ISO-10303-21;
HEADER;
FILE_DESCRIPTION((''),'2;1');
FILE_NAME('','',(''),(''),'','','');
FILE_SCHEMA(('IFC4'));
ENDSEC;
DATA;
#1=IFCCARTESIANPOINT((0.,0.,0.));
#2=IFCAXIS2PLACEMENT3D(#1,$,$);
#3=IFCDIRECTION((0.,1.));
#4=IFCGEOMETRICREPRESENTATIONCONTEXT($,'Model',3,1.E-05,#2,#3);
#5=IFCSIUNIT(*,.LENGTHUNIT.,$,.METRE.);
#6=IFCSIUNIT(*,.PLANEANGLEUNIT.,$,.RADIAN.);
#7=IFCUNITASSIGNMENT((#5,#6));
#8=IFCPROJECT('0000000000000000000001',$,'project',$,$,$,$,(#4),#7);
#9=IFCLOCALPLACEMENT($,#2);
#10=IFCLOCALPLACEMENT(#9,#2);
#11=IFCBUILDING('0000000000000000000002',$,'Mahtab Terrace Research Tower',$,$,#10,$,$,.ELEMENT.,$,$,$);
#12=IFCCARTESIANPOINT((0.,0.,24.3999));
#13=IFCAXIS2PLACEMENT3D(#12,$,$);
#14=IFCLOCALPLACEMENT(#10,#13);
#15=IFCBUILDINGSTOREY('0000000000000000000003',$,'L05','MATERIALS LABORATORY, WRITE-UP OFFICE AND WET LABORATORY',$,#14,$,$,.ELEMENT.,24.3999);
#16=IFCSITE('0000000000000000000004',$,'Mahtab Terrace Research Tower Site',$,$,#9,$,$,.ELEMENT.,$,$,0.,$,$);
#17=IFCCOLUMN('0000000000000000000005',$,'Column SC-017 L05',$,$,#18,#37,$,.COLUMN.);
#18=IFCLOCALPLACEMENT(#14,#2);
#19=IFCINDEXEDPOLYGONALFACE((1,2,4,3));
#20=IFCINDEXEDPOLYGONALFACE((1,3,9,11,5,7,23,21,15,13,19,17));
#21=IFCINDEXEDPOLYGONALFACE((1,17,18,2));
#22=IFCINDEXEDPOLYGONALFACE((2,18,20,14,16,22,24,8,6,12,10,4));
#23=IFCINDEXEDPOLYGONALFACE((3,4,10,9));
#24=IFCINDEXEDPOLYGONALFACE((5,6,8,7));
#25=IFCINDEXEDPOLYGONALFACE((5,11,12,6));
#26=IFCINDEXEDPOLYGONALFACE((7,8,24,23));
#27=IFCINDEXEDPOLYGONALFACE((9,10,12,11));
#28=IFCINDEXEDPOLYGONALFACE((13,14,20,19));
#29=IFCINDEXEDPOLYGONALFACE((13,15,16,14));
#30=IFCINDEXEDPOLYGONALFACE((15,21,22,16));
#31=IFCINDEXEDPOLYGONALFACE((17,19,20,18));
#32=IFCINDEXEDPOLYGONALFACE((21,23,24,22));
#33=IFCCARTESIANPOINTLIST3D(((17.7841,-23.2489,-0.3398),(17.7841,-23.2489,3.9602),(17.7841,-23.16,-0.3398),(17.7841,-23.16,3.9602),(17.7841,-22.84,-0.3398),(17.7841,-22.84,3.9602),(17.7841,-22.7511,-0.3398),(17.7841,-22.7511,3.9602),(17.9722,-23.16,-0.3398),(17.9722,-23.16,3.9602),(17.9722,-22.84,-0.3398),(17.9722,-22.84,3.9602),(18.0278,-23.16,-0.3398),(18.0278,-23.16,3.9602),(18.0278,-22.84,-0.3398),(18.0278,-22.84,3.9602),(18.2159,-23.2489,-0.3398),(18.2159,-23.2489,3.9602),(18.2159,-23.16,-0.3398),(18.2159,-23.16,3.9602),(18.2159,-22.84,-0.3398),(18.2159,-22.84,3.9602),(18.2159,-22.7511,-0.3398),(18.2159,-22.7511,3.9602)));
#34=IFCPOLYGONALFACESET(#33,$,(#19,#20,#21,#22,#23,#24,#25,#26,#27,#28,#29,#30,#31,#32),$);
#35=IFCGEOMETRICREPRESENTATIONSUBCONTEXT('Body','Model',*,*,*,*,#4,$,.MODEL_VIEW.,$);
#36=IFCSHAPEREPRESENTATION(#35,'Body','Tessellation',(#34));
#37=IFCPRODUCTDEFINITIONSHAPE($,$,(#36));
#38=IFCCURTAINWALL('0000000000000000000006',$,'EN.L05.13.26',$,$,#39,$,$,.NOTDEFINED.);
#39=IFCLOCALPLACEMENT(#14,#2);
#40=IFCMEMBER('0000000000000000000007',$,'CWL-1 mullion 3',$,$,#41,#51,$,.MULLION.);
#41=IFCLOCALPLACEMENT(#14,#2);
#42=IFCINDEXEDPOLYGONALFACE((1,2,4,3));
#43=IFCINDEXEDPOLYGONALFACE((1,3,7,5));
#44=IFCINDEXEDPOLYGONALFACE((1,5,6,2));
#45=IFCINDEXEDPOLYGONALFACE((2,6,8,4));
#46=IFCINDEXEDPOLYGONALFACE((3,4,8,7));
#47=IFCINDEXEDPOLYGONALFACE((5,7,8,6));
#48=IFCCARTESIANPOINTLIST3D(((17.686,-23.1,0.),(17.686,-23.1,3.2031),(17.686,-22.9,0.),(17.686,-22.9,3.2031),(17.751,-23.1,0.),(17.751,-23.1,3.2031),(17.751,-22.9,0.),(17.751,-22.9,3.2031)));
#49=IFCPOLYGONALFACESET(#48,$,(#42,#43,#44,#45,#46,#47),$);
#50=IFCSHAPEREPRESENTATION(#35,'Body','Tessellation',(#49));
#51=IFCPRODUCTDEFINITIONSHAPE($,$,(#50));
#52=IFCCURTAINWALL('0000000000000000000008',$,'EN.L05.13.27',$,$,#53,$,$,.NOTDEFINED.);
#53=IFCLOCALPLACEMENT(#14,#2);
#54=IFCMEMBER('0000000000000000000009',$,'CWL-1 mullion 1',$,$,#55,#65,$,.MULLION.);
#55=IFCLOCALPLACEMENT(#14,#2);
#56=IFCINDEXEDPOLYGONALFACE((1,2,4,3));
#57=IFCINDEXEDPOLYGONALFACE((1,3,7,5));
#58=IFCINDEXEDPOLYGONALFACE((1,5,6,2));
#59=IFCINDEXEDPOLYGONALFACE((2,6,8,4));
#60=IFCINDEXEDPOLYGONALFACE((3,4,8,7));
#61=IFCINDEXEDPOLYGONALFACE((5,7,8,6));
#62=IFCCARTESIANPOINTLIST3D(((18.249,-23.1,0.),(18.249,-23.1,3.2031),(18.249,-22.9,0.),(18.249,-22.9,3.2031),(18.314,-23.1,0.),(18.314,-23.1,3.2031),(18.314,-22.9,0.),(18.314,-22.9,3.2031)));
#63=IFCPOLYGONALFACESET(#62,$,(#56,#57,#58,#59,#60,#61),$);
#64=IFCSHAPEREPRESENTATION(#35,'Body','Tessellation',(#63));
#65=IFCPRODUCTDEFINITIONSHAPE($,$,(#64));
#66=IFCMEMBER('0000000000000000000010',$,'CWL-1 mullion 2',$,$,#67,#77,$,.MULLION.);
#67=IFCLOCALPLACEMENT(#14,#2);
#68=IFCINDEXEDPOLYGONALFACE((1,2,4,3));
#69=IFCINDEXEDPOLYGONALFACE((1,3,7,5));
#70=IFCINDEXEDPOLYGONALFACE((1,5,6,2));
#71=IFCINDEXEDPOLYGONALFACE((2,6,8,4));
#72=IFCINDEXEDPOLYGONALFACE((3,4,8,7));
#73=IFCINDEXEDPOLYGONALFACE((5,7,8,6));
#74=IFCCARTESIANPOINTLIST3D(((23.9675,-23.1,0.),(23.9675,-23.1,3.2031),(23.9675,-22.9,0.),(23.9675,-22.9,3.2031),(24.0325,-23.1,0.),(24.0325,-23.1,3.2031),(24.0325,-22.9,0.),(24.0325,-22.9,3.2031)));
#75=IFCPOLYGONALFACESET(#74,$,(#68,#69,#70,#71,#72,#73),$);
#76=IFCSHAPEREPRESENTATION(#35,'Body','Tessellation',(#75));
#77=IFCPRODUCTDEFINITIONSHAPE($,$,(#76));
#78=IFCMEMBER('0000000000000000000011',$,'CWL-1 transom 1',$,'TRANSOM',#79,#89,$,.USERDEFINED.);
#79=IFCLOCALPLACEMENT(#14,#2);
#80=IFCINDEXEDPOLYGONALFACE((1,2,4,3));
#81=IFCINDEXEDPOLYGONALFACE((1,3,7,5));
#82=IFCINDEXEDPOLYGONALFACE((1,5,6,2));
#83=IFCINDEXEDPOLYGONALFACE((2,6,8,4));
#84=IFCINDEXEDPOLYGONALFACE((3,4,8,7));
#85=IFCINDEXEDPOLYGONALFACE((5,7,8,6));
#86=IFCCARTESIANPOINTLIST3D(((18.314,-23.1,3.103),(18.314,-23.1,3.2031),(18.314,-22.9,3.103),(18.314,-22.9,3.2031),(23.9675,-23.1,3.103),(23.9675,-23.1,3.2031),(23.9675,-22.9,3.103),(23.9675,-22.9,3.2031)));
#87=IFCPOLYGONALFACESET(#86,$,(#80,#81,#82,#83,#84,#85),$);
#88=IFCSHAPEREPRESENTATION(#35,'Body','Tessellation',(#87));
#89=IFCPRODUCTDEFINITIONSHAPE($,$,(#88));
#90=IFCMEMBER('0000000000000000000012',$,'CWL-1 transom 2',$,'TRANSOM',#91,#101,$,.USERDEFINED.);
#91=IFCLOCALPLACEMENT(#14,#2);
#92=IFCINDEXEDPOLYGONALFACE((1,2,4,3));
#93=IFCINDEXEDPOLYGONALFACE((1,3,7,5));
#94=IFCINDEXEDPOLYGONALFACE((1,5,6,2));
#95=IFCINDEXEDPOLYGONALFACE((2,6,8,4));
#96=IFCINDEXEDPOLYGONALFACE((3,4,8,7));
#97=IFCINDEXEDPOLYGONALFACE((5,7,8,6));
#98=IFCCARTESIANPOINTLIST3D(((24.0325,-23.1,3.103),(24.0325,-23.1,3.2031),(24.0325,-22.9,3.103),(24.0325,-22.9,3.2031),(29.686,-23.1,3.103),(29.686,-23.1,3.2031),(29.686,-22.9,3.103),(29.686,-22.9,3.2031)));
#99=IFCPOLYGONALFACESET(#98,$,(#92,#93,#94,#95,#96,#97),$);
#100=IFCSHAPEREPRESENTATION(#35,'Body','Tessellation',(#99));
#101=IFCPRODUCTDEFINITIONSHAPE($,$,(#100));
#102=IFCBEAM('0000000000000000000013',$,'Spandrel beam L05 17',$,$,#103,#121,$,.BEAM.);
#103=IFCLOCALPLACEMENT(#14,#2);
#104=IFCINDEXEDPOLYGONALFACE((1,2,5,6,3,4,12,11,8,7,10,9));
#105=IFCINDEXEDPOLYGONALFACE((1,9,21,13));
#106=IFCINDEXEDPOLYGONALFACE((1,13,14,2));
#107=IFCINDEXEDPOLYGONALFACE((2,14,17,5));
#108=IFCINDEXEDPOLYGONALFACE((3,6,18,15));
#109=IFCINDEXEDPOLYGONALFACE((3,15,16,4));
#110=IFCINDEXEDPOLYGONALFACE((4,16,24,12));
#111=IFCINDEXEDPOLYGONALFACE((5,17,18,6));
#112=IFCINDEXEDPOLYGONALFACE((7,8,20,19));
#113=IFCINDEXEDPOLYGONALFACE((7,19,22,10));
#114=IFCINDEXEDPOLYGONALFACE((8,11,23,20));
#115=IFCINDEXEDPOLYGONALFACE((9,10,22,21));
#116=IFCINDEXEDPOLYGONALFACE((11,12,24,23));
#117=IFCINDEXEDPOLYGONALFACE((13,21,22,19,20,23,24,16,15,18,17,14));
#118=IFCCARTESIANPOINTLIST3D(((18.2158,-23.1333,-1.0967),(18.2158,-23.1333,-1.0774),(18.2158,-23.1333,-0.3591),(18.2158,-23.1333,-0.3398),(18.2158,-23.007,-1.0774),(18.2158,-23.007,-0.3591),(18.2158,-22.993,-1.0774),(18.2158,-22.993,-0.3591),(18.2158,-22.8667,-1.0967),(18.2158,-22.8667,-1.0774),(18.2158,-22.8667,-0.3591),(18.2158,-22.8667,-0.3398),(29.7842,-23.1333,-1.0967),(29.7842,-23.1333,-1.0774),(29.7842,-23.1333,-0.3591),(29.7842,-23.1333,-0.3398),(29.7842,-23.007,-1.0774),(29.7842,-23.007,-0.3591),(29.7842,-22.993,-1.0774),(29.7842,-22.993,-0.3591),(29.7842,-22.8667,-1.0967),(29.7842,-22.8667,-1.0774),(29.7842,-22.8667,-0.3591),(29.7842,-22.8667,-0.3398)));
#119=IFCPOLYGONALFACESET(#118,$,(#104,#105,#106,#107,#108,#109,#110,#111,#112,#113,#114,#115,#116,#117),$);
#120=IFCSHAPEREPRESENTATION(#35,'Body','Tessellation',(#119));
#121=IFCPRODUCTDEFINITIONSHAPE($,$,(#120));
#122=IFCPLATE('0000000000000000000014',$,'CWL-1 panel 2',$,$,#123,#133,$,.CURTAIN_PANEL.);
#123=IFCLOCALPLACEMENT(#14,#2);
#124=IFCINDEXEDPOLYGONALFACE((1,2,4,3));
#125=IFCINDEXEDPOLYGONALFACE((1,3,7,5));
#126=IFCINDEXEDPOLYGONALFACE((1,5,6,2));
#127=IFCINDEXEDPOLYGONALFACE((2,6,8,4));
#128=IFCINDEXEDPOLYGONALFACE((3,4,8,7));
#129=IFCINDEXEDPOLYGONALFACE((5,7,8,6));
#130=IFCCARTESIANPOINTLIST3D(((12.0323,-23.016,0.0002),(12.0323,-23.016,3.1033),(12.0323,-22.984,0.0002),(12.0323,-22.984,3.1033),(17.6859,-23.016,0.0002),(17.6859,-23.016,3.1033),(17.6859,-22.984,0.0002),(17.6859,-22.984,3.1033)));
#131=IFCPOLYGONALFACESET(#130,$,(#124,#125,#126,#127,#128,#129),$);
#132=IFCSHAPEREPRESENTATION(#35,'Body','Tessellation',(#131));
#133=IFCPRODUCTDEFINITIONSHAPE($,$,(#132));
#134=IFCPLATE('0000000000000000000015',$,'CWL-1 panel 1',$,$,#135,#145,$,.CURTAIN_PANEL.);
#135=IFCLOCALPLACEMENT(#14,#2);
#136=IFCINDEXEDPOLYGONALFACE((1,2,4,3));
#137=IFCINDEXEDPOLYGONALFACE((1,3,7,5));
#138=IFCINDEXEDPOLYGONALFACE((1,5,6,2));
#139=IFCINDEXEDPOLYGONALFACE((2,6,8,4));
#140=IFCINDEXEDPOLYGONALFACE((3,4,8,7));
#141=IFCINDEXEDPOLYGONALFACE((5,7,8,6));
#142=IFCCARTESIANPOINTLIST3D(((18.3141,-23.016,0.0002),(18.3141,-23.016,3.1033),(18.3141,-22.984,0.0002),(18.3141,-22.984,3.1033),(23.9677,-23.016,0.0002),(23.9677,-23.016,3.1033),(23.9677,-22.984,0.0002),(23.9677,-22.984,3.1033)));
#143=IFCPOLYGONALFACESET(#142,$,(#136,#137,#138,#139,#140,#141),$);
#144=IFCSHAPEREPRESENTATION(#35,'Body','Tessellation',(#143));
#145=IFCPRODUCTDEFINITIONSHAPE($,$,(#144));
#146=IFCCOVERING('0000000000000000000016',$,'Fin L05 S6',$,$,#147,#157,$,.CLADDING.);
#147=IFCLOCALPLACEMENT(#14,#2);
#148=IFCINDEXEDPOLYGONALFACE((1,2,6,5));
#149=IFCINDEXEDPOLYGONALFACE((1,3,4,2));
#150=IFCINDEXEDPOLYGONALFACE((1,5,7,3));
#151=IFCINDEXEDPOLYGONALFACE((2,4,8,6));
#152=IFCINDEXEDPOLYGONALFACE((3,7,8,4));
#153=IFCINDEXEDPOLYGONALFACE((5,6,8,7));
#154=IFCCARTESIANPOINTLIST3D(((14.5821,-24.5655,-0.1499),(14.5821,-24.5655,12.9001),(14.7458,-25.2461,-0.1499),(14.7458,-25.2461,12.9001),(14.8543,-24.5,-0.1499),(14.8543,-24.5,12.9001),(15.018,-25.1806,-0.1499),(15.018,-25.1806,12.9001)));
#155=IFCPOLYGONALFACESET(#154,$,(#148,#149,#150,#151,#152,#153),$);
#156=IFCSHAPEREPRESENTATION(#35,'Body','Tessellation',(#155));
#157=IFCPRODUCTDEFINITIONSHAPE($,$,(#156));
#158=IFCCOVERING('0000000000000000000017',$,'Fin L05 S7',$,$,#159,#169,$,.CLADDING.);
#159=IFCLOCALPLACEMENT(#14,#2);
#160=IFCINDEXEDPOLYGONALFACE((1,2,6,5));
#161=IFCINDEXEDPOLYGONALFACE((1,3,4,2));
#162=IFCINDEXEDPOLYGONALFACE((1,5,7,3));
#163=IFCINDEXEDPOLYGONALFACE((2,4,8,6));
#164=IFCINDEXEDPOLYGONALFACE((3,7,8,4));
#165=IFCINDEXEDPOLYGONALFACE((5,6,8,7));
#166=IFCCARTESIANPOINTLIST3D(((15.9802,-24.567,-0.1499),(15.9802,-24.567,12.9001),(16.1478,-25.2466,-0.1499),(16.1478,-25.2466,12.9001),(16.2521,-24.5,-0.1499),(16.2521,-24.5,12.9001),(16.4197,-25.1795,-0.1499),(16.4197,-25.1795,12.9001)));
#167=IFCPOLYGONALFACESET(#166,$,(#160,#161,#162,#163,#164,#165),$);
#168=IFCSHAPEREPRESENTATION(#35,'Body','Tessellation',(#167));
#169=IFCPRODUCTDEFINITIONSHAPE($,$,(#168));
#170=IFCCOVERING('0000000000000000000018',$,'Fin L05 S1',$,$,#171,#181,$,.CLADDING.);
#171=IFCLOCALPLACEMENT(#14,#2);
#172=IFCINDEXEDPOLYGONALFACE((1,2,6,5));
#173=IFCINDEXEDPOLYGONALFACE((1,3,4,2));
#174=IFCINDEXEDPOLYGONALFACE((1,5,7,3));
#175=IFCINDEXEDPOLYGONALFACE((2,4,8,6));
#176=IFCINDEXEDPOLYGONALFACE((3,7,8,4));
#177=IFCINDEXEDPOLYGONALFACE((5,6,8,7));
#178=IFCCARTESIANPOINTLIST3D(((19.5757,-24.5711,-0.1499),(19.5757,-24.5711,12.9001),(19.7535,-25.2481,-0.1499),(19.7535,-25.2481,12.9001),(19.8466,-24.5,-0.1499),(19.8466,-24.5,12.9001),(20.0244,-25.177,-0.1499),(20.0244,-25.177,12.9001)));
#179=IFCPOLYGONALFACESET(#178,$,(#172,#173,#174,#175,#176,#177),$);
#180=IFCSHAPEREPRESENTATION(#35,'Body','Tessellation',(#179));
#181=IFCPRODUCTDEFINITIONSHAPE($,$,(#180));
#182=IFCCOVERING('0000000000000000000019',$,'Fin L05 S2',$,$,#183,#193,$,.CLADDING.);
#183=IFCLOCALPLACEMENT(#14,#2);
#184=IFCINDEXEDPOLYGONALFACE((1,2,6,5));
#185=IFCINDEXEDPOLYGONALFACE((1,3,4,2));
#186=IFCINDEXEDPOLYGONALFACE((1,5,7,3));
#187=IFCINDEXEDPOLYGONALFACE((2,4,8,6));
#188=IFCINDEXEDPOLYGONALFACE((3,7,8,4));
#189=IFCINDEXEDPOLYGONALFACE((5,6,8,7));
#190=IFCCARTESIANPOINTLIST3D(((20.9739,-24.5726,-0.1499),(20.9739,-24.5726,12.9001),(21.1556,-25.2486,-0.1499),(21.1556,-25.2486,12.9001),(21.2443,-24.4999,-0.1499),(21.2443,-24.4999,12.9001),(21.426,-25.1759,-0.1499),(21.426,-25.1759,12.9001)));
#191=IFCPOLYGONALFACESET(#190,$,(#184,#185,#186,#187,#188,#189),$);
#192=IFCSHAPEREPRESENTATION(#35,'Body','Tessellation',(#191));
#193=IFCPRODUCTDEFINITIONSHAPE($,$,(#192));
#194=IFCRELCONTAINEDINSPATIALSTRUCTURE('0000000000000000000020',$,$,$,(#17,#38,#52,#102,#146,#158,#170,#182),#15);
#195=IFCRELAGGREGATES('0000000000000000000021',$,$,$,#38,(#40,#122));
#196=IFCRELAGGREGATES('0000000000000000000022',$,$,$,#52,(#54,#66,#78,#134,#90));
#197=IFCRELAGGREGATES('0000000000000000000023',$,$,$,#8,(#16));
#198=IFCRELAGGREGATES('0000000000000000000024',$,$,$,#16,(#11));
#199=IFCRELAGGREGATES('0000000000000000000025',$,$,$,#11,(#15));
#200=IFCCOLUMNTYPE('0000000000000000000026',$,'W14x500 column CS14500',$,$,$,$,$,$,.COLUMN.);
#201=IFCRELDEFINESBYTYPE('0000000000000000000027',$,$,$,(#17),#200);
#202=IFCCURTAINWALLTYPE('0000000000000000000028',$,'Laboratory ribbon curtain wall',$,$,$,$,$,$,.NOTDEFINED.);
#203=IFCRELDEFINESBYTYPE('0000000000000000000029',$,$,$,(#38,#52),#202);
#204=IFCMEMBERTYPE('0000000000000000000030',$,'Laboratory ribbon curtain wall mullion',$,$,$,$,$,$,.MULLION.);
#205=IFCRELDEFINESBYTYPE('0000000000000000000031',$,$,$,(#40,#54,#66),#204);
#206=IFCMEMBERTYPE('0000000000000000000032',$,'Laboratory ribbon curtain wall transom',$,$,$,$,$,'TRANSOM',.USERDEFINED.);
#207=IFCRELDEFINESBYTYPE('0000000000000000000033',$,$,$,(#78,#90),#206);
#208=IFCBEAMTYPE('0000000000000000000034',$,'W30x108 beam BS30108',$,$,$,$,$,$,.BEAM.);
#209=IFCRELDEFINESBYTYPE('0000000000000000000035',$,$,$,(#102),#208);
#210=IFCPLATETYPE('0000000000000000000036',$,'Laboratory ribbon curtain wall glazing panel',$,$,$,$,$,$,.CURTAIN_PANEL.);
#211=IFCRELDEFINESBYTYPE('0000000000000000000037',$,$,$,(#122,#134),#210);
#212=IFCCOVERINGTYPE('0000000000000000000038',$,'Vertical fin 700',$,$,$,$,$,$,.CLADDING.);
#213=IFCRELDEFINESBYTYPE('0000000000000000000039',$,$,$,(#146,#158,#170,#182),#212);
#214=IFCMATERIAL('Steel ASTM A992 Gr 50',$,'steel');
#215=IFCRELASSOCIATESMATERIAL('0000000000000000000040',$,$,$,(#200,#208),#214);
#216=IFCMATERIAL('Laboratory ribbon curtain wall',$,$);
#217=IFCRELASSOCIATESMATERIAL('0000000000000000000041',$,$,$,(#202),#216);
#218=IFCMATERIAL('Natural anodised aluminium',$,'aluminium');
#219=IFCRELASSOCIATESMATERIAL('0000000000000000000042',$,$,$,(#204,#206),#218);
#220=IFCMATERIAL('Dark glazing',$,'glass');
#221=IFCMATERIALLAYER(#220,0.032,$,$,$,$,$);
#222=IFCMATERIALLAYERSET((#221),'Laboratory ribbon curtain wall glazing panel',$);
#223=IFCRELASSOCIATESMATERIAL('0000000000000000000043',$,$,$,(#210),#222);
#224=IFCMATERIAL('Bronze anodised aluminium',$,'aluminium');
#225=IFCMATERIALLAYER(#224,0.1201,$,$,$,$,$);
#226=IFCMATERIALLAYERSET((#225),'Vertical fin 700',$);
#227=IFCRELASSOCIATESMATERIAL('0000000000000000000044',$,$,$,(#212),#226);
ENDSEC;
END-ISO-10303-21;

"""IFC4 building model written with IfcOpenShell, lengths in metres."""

from ifc_helpers import new_model, si_unit, direction, frame, origin, origin_2d, place, context, subcontext, project, spatial, rectangle, i_section, extrude, material, layer, layer_set, material_profile, profile_set, type_object, element, aggregate, save


model = new_model("IFC4")

# Units and contexts
model_context = context("Model", 3, precision=1e-05, world=origin(), true_north=direction((0.0, 1.0)))
body_context = subcontext(model_context, "Body", "Model", "MODEL_VIEW")
ifc_project = project(units=[si_unit("LENGTHUNIT", "METRE"), si_unit("PLANEANGLEUNIT", "RADIAN")], contexts=[model_context])

# Site, building, storey
site_placement = place(None, origin())
site = spatial("IfcSite", under=ifc_project, at=site_placement, Name="Mahtab Terrace Research Tower Site", CompositionType="ELEMENT", RefElevation=0.0)
building_placement = place(site_placement, origin())
building = spatial("IfcBuilding", under=site, at=building_placement, Name="Mahtab Terrace Research Tower", CompositionType="ELEMENT")
storey_placement = place(building_placement, frame((0.0, 0.0, 24.3999)))
storey = spatial("IfcBuildingStorey", under=building, at=storey_placement, Name="L05", Description="MATERIALS LABORATORY, WRITE-UP OFFICE AND WET LABORATORY", CompositionType="ELEMENT", Elevation=24.3999)

# Column
ifc_material_1 = material(Name="Steel ASTM A992 Gr 50", Category="steel")
ifc_material_profile_1 = material_profile(ifc_material_1, i_section(OverallWidth=0.4319, OverallDepth=0.4978, WebThickness=0.0557, FlangeThickness=0.0889, at=origin_2d()), Name="W14X500")
ifc_profile_set_1 = profile_set([ifc_material_profile_1], Name="Steel ASTM A992 Gr 50")
column_type = type_object("IfcColumnType", Name="W14x500 column CS14500", PredefinedType="COLUMN", material=ifc_profile_set_1)
column_placement = place(storey_placement, frame((18.0, -23.0, -0.3398), z_axis=(0.0, 0.0, 1.0), x_axis=(1.0, 0.0, 0.0)))
element("IfcColumn", 1, at=column_placement, inside=storey, type_object=column_type, Name="Column SC-017 L05", PredefinedType="COLUMN", context=body_context, shape_type="SweptSolid", body=[
    extrude(i_section(OverallWidth=0.4319, OverallDepth=0.4978, WebThickness=0.0557, FlangeThickness=0.0889, at=origin_2d()), origin(), (0.0, 0.0, 1.0), 4.3),
])

# Curtain wall, member
ifc_material_2 = material(Name="Laboratory ribbon curtain wall")
curtain_wall_type = type_object("IfcCurtainWallType", Name="Laboratory ribbon curtain wall", PredefinedType="NOTDEFINED", material=ifc_material_2)
curtain_wall_1_placement = place(storey_placement, origin())
curtain_wall_1 = element("IfcCurtainWall", 2, at=curtain_wall_1_placement, inside=storey, type_object=curtain_wall_type, Name="EN.L05.13.26", PredefinedType="NOTDEFINED")
ifc_material_3 = material(Name="Natural anodised aluminium", Category="aluminium")
ifc_material_profile_2 = material_profile(ifc_material_3, rectangle(XDim=0.2, YDim=0.0649, at=origin_2d()), Name="MULLION 65x200")
ifc_profile_set_2 = profile_set([ifc_material_profile_2], Name="Natural anodised aluminium")
member_type_1 = type_object("IfcMemberType", Name="Laboratory ribbon curtain wall mullion", PredefinedType="MULLION", material=ifc_profile_set_2)
member_1_placement = place(storey_placement, frame((17.7185, -23.0, 0.0), z_axis=(0.0, 0.0, 1.0), x_axis=(0.0, 1.0, 0.0)))
member_1 = element("IfcMember", 3, at=member_1_placement, type_object=member_type_1, Name="CWL-1 mullion 3", PredefinedType="MULLION", context=body_context, shape_type="SweptSolid", body=[
    extrude(rectangle(XDim=0.2, YDim=0.0649, at=origin_2d()), origin(), (0.0, 0.0, 1.0), 3.2031),
])

# Curtain wall, members
curtain_wall_2_placement = place(storey_placement, origin())
curtain_wall_2 = element("IfcCurtainWall", 4, at=curtain_wall_2_placement, inside=storey, type_object=curtain_wall_type, Name="EN.L05.13.27", PredefinedType="NOTDEFINED")
member_2_placement = place(storey_placement, frame((18.2815, -23.0, 0.0), z_axis=(0.0, 0.0, 1.0), x_axis=(0.0, 1.0, 0.0)))
member_2 = element("IfcMember", 5, at=member_2_placement, type_object=member_type_1, Name="CWL-1 mullion 1", PredefinedType="MULLION", context=body_context, shape_type="SweptSolid", body=[
    extrude(rectangle(XDim=0.2, YDim=0.0649, at=origin_2d()), origin(), (0.0, 0.0, 1.0), 3.2031),
])
member_3_placement = place(storey_placement, frame((24.0, -23.0, 0.0), z_axis=(0.0, 0.0, 1.0), x_axis=(0.0, 1.0, 0.0)))
member_3 = element("IfcMember", 6, at=member_3_placement, type_object=member_type_1, Name="CWL-1 mullion 2", PredefinedType="MULLION", context=body_context, shape_type="SweptSolid", body=[
    extrude(rectangle(XDim=0.2, YDim=0.0649, at=origin_2d()), origin(), (0.0, 0.0, 1.0), 3.2031),
])
ifc_material_profile_3 = material_profile(ifc_material_3, rectangle(XDim=0.2, YDim=0.1001, at=origin_2d()), Name="TRANSOM 100x200")
ifc_profile_set_3 = profile_set([ifc_material_profile_3], Name="Natural anodised aluminium")
member_type_2 = type_object("IfcMemberType", Name="Laboratory ribbon curtain wall transom", ElementType="TRANSOM", PredefinedType="USERDEFINED", material=ifc_profile_set_3)
member_4_placement = place(storey_placement, frame((18.314, -23.0, 3.1531), z_axis=(1.0, 0.0, 0.0), x_axis=(0.0, 1.0, 0.0)))
member_4 = element("IfcMember", 7, at=member_4_placement, type_object=member_type_2, Name="CWL-1 transom 1", ObjectType="TRANSOM", PredefinedType="USERDEFINED", context=body_context, shape_type="SweptSolid", body=[
    extrude(rectangle(XDim=0.2, YDim=0.1001, at=origin_2d()), origin(), (0.0, 0.0, 1.0), 5.6536),
])
member_5_placement = place(storey_placement, frame((24.0325, -23.0, 3.1531), z_axis=(1.0, 0.0, 0.0), x_axis=(0.0, 1.0, 0.0)))
member_5 = element("IfcMember", 8, at=member_5_placement, type_object=member_type_2, Name="CWL-1 transom 2", ObjectType="TRANSOM", PredefinedType="USERDEFINED", context=body_context, shape_type="SweptSolid", body=[
    extrude(rectangle(XDim=0.2, YDim=0.1001, at=origin_2d()), origin(), (0.0, 0.0, 1.0), 5.6536),
])

# Beam
ifc_material_profile_4 = material_profile(ifc_material_1, i_section(OverallWidth=0.2666, OverallDepth=0.7568, WebThickness=0.0139, FlangeThickness=0.0193, at=origin_2d()), Name="W30X108")
ifc_profile_set_4 = profile_set([ifc_material_profile_4], Name="Steel ASTM A992 Gr 50")
beam_type = type_object("IfcBeamType", Name="W30x108 beam BS30108", PredefinedType="BEAM", material=ifc_profile_set_4)
beam_placement = place(storey_placement, frame((18.2158, -23.0, -0.7183), z_axis=(1.0, 0.0, 0.0), x_axis=(0.0, 1.0, 0.0)))
element("IfcBeam", 9, at=beam_placement, inside=storey, type_object=beam_type, Name="Spandrel beam L05 17", PredefinedType="BEAM", context=body_context, shape_type="SweptSolid", body=[
    extrude(i_section(OverallWidth=0.2666, OverallDepth=0.7568, WebThickness=0.0139, FlangeThickness=0.0193, at=origin_2d()), origin(), (0.0, 0.0, 1.0), 11.5684),
])

# Plates
ifc_material_4 = material(Name="Dark glazing", Category="glass")
ifc_layer_1 = layer(ifc_material_4, 0.032)
ifc_layer_set_1 = layer_set([ifc_layer_1], Name="Laboratory ribbon curtain wall glazing panel")
plate_type = type_object("IfcPlateType", Name="Laboratory ribbon curtain wall glazing panel", PredefinedType="CURTAIN_PANEL", material=ifc_layer_set_1)
plate_1_placement = place(storey_placement, frame((14.8591, -23.0, 0.0002), z_axis=(0.0, 0.0, 1.0), x_axis=(1.0, 0.0, 0.0)))
plate_1 = element("IfcPlate", 10, at=plate_1_placement, type_object=plate_type, Name="CWL-1 panel 2", PredefinedType="CURTAIN_PANEL", context=body_context, shape_type="SweptSolid", body=[
    extrude(rectangle(XDim=5.6536, YDim=0.032, at=origin_2d()), origin(), (0.0, 0.0, 1.0), 3.103),
])
aggregate(curtain_wall_1, [member_1, plate_1])
plate_2_placement = place(storey_placement, frame((21.1409, -23.0, 0.0002), z_axis=(0.0, 0.0, 1.0), x_axis=(1.0, 0.0, 0.0)))
plate_2 = element("IfcPlate", 11, at=plate_2_placement, type_object=plate_type, Name="CWL-1 panel 1", PredefinedType="CURTAIN_PANEL", context=body_context, shape_type="SweptSolid", body=[
    extrude(rectangle(XDim=5.6536, YDim=0.032, at=origin_2d()), origin(), (0.0, 0.0, 1.0), 3.103),
])
aggregate(curtain_wall_2, [member_2, member_3, member_4, plate_2, member_5])

# Coverings
ifc_material_5 = material(Name="Bronze anodised aluminium", Category="aluminium")
ifc_layer_2 = layer(ifc_material_5, 0.1201)
ifc_layer_set_2 = layer_set([ifc_layer_2], Name="Vertical fin 700")
covering_type = type_object("IfcCoveringType", Name="Vertical fin 700", PredefinedType="CLADDING", material=ifc_layer_set_2)
for number, where, z_axis, x_axis, name in (
    (12, (14.8, -24.873, -0.1499), (0.0, 0.0, 1.0), (0.972273, 0.233849, 0.0), "Fin L05 S6"),
    (13, (16.2, -24.8733, -0.1499), (0.0, 0.0, 1.0), (0.970896, 0.239502, 0.0), "Fin L05 S7"),
    (14, (19.8, -24.874, -0.1499), (0.0, 0.0, 1.0), (0.967204, 0.253999, 0.0), "Fin L05 S1"),
    (15, (21.2, -24.8743, -0.1499), (0.0, 0.0, 1.0), (0.96571, 0.259622, 0.0), "Fin L05 S2"),
):
    element("IfcCovering", number, at=place(storey_placement, frame(where, z_axis=z_axis, x_axis=x_axis)), inside=storey, type_object=covering_type, Name=name, PredefinedType="CLADDING", context=body_context, shape_type="SweptSolid", body=[
        extrude(rectangle(XDim=0.28, YDim=0.7, at=origin_2d()), origin(), (0.0, 0.0, 1.0), 13.05),
    ])

save(model, "model.ifc")
